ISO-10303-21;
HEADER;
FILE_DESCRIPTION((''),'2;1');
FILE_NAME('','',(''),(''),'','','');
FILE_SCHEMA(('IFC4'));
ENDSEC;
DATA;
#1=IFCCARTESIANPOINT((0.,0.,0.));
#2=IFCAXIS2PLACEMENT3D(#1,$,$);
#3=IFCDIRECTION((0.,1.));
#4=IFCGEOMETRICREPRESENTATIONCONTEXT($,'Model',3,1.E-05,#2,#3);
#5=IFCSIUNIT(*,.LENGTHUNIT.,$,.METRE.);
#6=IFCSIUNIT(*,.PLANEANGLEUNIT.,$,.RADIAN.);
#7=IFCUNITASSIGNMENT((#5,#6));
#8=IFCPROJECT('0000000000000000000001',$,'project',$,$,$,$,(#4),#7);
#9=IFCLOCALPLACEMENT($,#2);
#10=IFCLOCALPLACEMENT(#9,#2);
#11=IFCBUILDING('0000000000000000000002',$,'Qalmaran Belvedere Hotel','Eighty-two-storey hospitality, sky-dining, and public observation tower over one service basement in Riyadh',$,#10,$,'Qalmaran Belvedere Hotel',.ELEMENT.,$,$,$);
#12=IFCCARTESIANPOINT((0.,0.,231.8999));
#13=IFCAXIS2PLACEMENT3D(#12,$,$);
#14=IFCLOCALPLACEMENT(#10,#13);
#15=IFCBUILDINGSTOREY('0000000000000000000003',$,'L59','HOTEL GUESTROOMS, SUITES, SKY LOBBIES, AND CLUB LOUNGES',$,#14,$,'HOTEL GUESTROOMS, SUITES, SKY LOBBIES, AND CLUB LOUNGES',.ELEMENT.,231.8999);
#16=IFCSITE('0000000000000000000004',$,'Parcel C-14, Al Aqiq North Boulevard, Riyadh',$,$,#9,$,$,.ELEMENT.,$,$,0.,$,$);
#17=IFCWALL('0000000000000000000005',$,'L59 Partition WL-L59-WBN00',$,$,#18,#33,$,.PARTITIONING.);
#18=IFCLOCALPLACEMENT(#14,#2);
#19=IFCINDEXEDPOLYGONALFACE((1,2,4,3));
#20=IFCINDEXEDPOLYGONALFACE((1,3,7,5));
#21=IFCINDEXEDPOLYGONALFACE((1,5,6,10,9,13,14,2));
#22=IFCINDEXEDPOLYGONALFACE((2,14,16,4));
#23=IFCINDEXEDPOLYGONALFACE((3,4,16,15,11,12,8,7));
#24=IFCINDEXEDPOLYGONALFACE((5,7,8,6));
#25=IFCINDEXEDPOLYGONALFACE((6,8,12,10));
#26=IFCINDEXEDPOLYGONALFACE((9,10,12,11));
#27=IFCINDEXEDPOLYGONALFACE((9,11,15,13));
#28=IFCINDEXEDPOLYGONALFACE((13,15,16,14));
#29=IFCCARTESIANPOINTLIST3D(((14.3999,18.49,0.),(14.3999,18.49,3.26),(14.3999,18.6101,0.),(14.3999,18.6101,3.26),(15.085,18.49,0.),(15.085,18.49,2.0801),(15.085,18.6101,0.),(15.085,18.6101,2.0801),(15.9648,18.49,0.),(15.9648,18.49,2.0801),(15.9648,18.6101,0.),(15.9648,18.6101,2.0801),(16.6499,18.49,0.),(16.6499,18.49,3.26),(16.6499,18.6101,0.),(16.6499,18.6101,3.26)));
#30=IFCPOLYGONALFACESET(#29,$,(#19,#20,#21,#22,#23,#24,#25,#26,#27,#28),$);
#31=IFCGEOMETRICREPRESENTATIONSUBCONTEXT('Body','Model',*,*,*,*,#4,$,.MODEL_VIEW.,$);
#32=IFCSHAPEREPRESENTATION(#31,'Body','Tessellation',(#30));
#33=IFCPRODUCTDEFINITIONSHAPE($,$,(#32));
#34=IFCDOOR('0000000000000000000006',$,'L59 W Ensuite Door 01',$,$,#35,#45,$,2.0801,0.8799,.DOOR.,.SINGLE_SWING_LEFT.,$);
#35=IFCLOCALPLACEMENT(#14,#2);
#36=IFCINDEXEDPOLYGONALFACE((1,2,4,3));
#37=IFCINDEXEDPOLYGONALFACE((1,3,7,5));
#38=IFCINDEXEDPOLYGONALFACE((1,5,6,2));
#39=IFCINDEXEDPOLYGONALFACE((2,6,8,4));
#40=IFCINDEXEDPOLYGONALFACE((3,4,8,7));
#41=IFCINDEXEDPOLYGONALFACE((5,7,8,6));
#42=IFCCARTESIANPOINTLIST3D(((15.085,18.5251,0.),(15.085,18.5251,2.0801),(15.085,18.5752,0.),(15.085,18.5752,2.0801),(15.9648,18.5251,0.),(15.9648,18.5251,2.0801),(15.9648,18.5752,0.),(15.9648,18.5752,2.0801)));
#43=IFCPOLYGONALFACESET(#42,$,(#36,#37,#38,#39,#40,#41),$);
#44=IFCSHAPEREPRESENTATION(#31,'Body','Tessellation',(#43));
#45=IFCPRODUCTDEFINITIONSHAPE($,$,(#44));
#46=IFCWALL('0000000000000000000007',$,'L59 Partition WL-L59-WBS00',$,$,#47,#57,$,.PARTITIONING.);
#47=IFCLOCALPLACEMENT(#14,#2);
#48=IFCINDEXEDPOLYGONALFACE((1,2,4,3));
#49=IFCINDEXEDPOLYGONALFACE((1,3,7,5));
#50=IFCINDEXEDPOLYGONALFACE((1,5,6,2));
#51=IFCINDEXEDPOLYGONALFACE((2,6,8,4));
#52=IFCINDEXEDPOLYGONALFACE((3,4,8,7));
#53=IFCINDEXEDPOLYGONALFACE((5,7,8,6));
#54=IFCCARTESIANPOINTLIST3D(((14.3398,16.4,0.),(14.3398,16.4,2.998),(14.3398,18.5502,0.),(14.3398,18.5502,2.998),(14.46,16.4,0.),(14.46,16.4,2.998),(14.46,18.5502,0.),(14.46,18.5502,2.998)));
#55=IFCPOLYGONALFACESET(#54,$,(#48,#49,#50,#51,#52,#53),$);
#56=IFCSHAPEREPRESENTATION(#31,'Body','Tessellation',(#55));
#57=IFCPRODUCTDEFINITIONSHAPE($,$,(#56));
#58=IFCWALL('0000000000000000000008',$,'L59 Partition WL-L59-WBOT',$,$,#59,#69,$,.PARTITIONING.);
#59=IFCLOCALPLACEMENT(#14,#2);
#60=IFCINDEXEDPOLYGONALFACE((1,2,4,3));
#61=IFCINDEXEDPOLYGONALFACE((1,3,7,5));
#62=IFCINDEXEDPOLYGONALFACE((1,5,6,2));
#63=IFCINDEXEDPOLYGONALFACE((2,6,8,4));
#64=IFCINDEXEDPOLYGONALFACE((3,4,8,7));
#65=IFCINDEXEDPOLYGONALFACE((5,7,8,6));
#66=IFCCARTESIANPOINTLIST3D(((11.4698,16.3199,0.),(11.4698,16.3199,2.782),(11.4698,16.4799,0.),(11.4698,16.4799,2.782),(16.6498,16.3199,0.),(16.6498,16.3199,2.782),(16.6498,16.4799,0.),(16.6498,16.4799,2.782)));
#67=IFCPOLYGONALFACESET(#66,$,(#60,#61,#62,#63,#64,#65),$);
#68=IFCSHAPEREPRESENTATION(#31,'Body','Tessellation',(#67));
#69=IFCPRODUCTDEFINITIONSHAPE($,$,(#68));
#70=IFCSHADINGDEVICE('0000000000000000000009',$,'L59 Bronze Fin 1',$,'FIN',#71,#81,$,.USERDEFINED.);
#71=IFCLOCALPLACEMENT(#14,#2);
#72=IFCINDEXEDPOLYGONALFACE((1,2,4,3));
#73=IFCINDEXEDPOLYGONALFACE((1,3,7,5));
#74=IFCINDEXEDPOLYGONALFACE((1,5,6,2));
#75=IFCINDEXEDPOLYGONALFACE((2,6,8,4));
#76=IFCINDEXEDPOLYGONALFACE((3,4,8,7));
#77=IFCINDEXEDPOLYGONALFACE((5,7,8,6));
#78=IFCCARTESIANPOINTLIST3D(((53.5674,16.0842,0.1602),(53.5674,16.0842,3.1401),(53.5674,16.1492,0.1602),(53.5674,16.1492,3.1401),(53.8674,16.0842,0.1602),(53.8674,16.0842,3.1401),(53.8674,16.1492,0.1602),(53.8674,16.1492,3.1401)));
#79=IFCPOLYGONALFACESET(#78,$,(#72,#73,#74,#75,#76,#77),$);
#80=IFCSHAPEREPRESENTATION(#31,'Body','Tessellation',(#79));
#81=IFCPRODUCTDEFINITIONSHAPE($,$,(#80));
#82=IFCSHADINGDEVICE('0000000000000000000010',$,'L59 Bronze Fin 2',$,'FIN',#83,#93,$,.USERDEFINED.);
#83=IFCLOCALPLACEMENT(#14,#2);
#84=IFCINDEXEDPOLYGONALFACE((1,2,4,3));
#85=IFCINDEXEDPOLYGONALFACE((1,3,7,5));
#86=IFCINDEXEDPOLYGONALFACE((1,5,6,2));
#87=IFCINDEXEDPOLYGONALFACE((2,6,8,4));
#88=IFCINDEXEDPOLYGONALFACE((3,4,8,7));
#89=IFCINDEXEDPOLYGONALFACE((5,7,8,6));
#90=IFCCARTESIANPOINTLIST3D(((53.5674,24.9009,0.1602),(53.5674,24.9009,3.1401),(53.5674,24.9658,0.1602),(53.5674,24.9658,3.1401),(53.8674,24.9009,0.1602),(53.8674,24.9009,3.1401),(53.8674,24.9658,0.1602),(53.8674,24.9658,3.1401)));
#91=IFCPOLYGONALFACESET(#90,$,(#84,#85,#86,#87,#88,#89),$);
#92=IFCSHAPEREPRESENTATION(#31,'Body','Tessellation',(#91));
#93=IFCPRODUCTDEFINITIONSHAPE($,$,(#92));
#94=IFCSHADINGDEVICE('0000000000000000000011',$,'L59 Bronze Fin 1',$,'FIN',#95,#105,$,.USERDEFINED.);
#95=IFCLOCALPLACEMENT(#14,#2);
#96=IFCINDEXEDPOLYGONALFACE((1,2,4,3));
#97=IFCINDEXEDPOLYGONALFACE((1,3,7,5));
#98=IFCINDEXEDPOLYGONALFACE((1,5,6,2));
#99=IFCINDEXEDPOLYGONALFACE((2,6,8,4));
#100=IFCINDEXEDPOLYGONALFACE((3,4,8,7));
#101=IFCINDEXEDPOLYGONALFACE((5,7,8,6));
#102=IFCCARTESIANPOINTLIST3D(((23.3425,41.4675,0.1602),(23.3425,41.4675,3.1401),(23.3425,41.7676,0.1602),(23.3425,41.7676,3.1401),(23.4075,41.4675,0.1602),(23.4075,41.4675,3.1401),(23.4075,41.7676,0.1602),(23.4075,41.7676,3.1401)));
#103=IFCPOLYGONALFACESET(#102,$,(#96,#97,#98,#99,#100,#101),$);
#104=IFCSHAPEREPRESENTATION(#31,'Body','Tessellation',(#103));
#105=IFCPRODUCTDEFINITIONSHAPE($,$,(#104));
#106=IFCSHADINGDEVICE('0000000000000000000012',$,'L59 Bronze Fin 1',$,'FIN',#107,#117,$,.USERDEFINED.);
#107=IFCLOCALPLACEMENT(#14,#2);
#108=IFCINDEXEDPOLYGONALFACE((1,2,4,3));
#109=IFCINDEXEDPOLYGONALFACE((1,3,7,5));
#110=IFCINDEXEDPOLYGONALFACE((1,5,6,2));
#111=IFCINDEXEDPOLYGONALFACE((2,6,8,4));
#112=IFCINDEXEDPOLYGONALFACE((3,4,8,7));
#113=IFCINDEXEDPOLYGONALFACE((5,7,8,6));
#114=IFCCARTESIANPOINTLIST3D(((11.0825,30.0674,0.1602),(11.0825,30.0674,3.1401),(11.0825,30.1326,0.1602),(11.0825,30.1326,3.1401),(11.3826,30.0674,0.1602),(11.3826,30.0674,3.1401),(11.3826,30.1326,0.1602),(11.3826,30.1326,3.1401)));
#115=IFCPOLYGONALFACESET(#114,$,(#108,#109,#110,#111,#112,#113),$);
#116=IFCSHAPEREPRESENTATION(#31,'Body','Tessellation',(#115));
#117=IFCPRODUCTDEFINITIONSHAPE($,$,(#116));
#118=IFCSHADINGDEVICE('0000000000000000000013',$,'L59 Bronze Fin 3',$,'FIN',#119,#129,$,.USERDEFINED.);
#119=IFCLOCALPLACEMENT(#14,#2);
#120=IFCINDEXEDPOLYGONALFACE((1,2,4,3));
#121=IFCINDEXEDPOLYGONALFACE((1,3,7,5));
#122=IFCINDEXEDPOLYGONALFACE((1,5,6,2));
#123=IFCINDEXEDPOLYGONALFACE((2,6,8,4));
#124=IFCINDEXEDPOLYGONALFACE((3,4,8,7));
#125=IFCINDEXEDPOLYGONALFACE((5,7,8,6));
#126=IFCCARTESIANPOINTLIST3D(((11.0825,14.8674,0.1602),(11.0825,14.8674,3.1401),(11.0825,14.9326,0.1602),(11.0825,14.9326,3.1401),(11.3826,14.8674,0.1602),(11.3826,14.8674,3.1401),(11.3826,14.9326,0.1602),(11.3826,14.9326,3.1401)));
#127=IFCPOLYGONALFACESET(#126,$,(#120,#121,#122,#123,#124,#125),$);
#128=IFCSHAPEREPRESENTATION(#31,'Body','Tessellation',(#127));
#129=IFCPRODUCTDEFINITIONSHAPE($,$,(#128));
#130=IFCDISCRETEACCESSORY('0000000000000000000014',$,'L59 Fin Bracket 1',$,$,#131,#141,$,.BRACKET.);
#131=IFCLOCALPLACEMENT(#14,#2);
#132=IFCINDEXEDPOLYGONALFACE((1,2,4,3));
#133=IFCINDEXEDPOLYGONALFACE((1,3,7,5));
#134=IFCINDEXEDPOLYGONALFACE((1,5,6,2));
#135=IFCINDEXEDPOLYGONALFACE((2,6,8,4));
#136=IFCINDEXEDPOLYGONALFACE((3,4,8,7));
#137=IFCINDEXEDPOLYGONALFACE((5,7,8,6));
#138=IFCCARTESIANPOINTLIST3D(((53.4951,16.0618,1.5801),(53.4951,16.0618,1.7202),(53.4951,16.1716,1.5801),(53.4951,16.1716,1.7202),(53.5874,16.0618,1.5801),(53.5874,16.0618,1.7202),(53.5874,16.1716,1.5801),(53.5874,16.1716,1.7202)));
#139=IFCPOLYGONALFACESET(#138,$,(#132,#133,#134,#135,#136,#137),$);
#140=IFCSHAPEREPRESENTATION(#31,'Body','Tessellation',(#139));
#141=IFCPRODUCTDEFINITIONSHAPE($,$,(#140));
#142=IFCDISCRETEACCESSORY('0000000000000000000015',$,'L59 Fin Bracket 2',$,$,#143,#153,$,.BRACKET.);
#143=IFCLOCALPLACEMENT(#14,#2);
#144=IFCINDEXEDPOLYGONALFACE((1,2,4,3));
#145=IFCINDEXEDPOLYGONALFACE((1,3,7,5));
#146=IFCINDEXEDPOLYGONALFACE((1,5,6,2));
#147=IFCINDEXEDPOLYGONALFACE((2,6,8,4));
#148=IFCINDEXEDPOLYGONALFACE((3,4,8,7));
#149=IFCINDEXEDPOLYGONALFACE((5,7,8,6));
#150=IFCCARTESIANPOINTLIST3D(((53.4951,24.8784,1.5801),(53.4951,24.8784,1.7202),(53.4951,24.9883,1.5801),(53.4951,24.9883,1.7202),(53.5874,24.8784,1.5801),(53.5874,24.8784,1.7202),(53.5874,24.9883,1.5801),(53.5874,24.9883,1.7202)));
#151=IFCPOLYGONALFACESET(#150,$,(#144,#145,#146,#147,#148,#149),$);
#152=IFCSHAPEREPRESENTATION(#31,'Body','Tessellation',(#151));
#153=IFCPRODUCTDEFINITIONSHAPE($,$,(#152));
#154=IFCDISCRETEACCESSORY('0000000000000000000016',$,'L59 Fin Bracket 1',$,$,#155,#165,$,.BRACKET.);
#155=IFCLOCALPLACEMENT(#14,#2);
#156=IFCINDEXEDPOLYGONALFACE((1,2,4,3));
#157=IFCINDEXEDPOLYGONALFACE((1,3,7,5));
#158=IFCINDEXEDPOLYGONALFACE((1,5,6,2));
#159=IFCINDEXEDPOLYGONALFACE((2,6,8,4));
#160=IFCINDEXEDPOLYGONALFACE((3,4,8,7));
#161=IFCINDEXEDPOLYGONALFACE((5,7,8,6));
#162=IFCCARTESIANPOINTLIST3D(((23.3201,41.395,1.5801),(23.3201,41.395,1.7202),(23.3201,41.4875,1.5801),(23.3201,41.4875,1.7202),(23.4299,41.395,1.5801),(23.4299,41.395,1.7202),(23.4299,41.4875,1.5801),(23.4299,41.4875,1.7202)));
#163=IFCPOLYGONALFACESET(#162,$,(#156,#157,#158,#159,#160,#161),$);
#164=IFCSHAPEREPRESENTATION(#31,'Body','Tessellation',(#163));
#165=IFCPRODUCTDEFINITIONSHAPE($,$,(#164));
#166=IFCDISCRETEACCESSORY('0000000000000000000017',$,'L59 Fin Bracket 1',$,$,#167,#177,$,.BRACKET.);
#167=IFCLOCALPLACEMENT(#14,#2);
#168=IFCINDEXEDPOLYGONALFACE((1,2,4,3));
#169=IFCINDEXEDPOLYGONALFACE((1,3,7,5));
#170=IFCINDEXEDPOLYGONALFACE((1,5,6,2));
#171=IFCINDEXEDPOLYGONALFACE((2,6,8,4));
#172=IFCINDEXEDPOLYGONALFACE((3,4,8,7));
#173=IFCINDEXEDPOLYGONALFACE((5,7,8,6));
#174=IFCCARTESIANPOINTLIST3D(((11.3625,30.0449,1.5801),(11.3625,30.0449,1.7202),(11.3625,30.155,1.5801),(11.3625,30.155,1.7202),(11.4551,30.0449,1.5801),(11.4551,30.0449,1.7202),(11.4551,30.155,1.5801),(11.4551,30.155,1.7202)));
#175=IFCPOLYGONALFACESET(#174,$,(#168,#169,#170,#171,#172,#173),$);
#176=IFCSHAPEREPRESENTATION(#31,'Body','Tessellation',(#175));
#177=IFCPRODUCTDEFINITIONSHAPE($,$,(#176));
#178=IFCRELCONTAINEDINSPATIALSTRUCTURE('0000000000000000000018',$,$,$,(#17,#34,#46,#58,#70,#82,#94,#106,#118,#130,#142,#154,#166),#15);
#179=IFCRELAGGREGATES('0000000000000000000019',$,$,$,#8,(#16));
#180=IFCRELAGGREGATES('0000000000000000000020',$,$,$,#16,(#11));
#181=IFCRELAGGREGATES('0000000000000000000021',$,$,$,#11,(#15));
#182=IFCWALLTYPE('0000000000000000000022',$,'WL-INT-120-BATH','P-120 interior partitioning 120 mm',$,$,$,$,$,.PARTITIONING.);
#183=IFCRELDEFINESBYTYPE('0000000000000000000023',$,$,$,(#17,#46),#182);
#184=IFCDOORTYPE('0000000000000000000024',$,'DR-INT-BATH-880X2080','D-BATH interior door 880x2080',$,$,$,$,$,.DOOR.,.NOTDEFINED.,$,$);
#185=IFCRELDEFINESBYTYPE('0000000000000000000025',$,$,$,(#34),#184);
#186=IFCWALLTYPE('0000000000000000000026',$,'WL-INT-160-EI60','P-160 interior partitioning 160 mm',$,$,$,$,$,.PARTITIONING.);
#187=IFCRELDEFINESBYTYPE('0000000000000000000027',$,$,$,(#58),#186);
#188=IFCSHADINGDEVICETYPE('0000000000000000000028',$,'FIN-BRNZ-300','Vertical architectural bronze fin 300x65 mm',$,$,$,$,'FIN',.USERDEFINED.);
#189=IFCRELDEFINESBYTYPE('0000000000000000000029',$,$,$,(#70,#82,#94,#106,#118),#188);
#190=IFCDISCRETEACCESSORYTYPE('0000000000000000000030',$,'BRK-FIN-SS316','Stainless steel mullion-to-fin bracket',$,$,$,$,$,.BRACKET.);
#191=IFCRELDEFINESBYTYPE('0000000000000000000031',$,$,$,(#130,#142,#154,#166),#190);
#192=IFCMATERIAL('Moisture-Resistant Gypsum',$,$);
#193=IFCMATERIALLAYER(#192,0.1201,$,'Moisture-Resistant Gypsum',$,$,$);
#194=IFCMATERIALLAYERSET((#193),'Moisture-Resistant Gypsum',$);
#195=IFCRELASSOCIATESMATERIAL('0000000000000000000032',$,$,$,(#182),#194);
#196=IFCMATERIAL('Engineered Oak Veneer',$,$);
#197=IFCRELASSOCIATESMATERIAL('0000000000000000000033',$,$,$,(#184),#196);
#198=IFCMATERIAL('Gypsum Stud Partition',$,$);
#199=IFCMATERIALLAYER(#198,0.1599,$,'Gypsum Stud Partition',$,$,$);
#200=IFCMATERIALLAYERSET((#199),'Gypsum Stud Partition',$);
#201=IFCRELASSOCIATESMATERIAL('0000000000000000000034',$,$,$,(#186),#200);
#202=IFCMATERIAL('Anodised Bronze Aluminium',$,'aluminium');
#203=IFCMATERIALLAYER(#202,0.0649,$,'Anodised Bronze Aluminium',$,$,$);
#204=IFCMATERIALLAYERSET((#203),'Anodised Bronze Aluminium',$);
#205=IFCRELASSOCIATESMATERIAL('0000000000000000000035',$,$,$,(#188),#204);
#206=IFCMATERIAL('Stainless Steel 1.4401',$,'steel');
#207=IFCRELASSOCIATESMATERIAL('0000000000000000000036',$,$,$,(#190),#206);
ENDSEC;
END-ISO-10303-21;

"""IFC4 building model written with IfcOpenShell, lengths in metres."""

from ifc_helpers import new_model, si_unit, direction, frame, frame_2d, origin, place, context, subcontext, project, spatial, polyline, rectangle, outline, extrude, material, layer, layer_set, type_object, element, fill, save


model = new_model("IFC4")

# Units and contexts
model_context = context("Model", 3, precision=1e-05, world=origin(), true_north=direction((0.0, 1.0)))
body_context = subcontext(model_context, "Body", "Model", "MODEL_VIEW")
ifc_project = project(units=[si_unit("LENGTHUNIT", "METRE"), si_unit("PLANEANGLEUNIT", "RADIAN")], contexts=[model_context])

# Site, building, storey
site_placement = place(None, origin())
site = spatial("IfcSite", under=ifc_project, at=site_placement, Name="Parcel C-14, Al Aqiq North Boulevard, Riyadh", CompositionType="ELEMENT", RefElevation=0.0)
building_placement = place(site_placement, origin())
building = spatial("IfcBuilding", under=site, at=building_placement, Name="Qalmaran Belvedere Hotel", Description="Eighty-two-storey hospitality, sky-dining, and public observation tower over one service basement in Riyadh", LongName="Qalmaran Belvedere Hotel", CompositionType="ELEMENT")
storey_placement = place(building_placement, frame((0.0, 0.0, 231.8999)))
storey = spatial("IfcBuildingStorey", under=building, at=storey_placement, Name="L59", Description="HOTEL GUESTROOMS, SUITES, SKY LOBBIES, AND CLUB LOUNGES", LongName="HOTEL GUESTROOMS, SUITES, SKY LOBBIES, AND CLUB LOUNGES", CompositionType="ELEMENT", Elevation=231.8999)

# Shared definitions
ifc_material_1 = material(Name="Anodised Bronze Aluminium", Category="aluminium")

# Wall, opening, door
ifc_material_2 = material(Name="Moisture-Resistant Gypsum")
ifc_layer_1 = layer(ifc_material_2, 0.1201, Name="Moisture-Resistant Gypsum")
ifc_layer_set_1 = layer_set([ifc_layer_1], Name="Moisture-Resistant Gypsum")
wall_type_1 = type_object("IfcWallType", Name="WL-INT-120-BATH", Description="P-120 interior partitioning 120 mm", PredefinedType="PARTITIONING", material=ifc_layer_set_1)
wall_1_placement = place(storey_placement, frame((14.3999, 18.55, 0.0), z_axis=(0.0, 0.0, 1.0), x_axis=(1.0, 0.0, 0.0)))
wall_1 = element("IfcWall", 1, at=wall_1_placement, inside=storey, type_object=wall_type_1, Name="L59 Partition WL-L59-WBN00", PredefinedType="PARTITIONING", context=body_context, shape_type="SweptSolid", body=[
    extrude(rectangle(XDim=2.25, YDim=0.1201, at=frame_2d((1.125, 0.0))), origin(), (0.0, 0.0, 1.0), 3.26),
])
opening_1_placement = place(wall_1_placement, frame((1.5649, 0.0, 0.0), z_axis=(0.0, 0.0, 1.0), x_axis=(-1.0, 0.0, 0.0)))
opening_1 = element("IfcOpeningElement", 2, at=opening_1_placement, cuts=wall_1, PredefinedType="OPENING", context=body_context, shape_type="SweptSolid", body=[
    extrude(rectangle(XDim=0.8799, YDim=2.0801, at=frame_2d((0.4399, 1.04))), frame((0.0, 0.0701, 0.0), z_axis=(0.0, -1.0, 0.0), x_axis=(1.0, 0.0, 0.0)), (0.0, 0.0, 1.0), 0.1401),
])
ifc_material_3 = material(Name="Engineered Oak Veneer")
door_type = type_object("IfcDoorType", Name="DR-INT-BATH-880X2080", Description="D-BATH interior door 880x2080", OperationType="NOTDEFINED", PredefinedType="DOOR", material=ifc_material_3)
door_placement = place(opening_1_placement, origin())
door = element("IfcDoor", 3, at=door_placement, inside=storey, type_object=door_type, Name="L59 W Ensuite Door 01", OperationType="SINGLE_SWING_LEFT", OverallHeight=2.0801, OverallWidth=0.8799, PredefinedType="DOOR", context=body_context, shape_type="SweptSolid", body=[
    extrude(rectangle(XDim=0.8799, YDim=2.0801, at=frame_2d((0.4399, 1.04))), frame((0.0, 0.0249, 0.0), z_axis=(0.0, -1.0, 0.0), x_axis=(1.0, 0.0, 0.0)), (0.0, 0.0, 1.0), 0.05),
])
fill(opening_1, door)

# Walls
wall_2_placement = place(storey_placement, frame((14.3999, 16.3999, 0.0), z_axis=(0.0, 0.0, 1.0), x_axis=(0.0, 1.0, 0.0)))
element("IfcWall", 4, at=wall_2_placement, inside=storey, type_object=wall_type_1, Name="L59 Partition WL-L59-WBS00", PredefinedType="PARTITIONING", context=body_context, shape_type="SweptSolid", body=[
    extrude(rectangle(XDim=2.1501, YDim=0.1201, at=frame_2d((1.0752, 0.0))), origin(), (0.0, 0.0, 1.0), 2.998),
])
ifc_material_4 = material(Name="Gypsum Stud Partition")
ifc_layer_2 = layer(ifc_material_4, 0.1599, Name="Gypsum Stud Partition")
ifc_layer_set_2 = layer_set([ifc_layer_2], Name="Gypsum Stud Partition")
wall_type_2 = type_object("IfcWallType", Name="WL-INT-160-EI60", Description="P-160 interior partitioning 160 mm", PredefinedType="PARTITIONING", material=ifc_layer_set_2)
wall_3_placement = place(storey_placement, frame((11.47, 16.3999, 0.0), z_axis=(0.0, 0.0, 1.0), x_axis=(1.0, 0.0, 0.0)))
element("IfcWall", 5, at=wall_3_placement, inside=storey, type_object=wall_type_2, Name="L59 Partition WL-L59-WBOT", PredefinedType="PARTITIONING", context=body_context, shape_type="SweptSolid", body=[
    extrude(rectangle(XDim=5.1799, YDim=0.1599, at=frame_2d((2.5898, 0.0))), origin(), (0.0, 0.0, 1.0), 2.782),
])

# Shading devices
ifc_layer_3 = layer(ifc_material_1, 0.0649, Name="Anodised Bronze Aluminium")
ifc_layer_set_3 = layer_set([ifc_layer_3], Name="Anodised Bronze Aluminium")
shading_device_type = type_object("IfcShadingDeviceType", Name="FIN-BRNZ-300", Description="Vertical architectural bronze fin 300x65 mm", ElementType="FIN", PredefinedType="USERDEFINED", material=ifc_layer_set_3)
shading_device_1_placement = place(storey_placement, frame((0.0, 0.0, 0.1602)))
element("IfcShadingDevice", 6, at=shading_device_1_placement, inside=storey, type_object=shading_device_type, Name="L59 Bronze Fin 1", ObjectType="FIN", PredefinedType="USERDEFINED", context=body_context, shape_type="SweptSolid", body=[
    extrude(outline(polyline([(53.5674, 16.0842), (53.8674, 16.0842), (53.8674, 16.1492), (53.5674, 16.1492), (53.5674, 16.0842)])), origin(), (0.0, 0.0, 1.0), 2.98),
])
shading_device_2_placement = place(storey_placement, frame((0.0, 0.0, 0.1602)))
element("IfcShadingDevice", 7, at=shading_device_2_placement, inside=storey, type_object=shading_device_type, Name="L59 Bronze Fin 2", ObjectType="FIN", PredefinedType="USERDEFINED", context=body_context, shape_type="SweptSolid", body=[
    extrude(outline(polyline([(53.5674, 24.9009), (53.8674, 24.9009), (53.8674, 24.9658), (53.5674, 24.9658), (53.5674, 24.9009)])), origin(), (0.0, 0.0, 1.0), 2.98),
])
shading_device_3_placement = place(storey_placement, frame((0.0, 0.0, 0.1602)))
element("IfcShadingDevice", 8, at=shading_device_3_placement, inside=storey, type_object=shading_device_type, Name="L59 Bronze Fin 1", ObjectType="FIN", PredefinedType="USERDEFINED", context=body_context, shape_type="SweptSolid", body=[
    extrude(outline(polyline([(23.4075, 41.4675), (23.4075, 41.7676), (23.3425, 41.7676), (23.3425, 41.4675), (23.4075, 41.4675)])), origin(), (0.0, 0.0, 1.0), 2.98),
])
shading_device_4_placement = place(storey_placement, frame((0.0, 0.0, 0.1602)))
element("IfcShadingDevice", 9, at=shading_device_4_placement, inside=storey, type_object=shading_device_type, Name="L59 Bronze Fin 1", ObjectType="FIN", PredefinedType="USERDEFINED", context=body_context, shape_type="SweptSolid", body=[
    extrude(outline(polyline([(11.3826, 30.1326), (11.0825, 30.1326), (11.0825, 30.0674), (11.3826, 30.0674), (11.3826, 30.1326)])), origin(), (0.0, 0.0, 1.0), 2.98),
])
shading_device_5_placement = place(storey_placement, frame((0.0, 0.0, 0.1602)))
element("IfcShadingDevice", 10, at=shading_device_5_placement, inside=storey, type_object=shading_device_type, Name="L59 Bronze Fin 3", ObjectType="FIN", PredefinedType="USERDEFINED", context=body_context, shape_type="SweptSolid", body=[
    extrude(outline(polyline([(11.3826, 14.9326), (11.0825, 14.9326), (11.0825, 14.8674), (11.3826, 14.8674), (11.3826, 14.9326)])), origin(), (0.0, 0.0, 1.0), 2.98),
])

# Discrete accessories
ifc_material_5 = material(Name="Stainless Steel 1.4401", Category="steel")
discrete_accessory_type_1 = type_object("IfcDiscreteAccessoryType", Name="BRK-FIN-SS316", Description="Stainless steel mullion-to-fin bracket", PredefinedType="BRACKET", material=ifc_material_5)
discrete_accessory_1_placement = place(storey_placement, frame((0.0, 0.0, 1.5801)))
element("IfcDiscreteAccessory", 11, at=discrete_accessory_1_placement, inside=storey, type_object=discrete_accessory_type_1, Name="L59 Fin Bracket 1", PredefinedType="BRACKET", context=body_context, shape_type="SweptSolid", body=[
    extrude(outline(polyline([(53.4951, 16.0618), (53.5874, 16.0618), (53.5874, 16.1716), (53.4951, 16.1716), (53.4951, 16.0618)])), origin(), (0.0, 0.0, 1.0), 0.1401),
])
discrete_accessory_2_placement = place(storey_placement, frame((0.0, 0.0, 1.5801)))
element("IfcDiscreteAccessory", 12, at=discrete_accessory_2_placement, inside=storey, type_object=discrete_accessory_type_1, Name="L59 Fin Bracket 2", PredefinedType="BRACKET", context=body_context, shape_type="SweptSolid", body=[
    extrude(outline(polyline([(53.4951, 24.8784), (53.5874, 24.8784), (53.5874, 24.9883), (53.4951, 24.9883), (53.4951, 24.8784)])), origin(), (0.0, 0.0, 1.0), 0.1401),
])
discrete_accessory_3_placement = place(storey_placement, frame((0.0, 0.0, 1.5801)))
element("IfcDiscreteAccessory", 13, at=discrete_accessory_3_placement, inside=storey, type_object=discrete_accessory_type_1, Name="L59 Fin Bracket 1", PredefinedType="BRACKET", context=body_context, shape_type="SweptSolid", body=[
    extrude(outline(polyline([(23.4299, 41.395), (23.4299, 41.4875), (23.3201, 41.4875), (23.3201, 41.395), (23.4299, 41.395)])), origin(), (0.0, 0.0, 1.0), 0.1401),
])
discrete_accessory_4_placement = place(storey_placement, frame((0.0, 0.0, 1.5801)))
element("IfcDiscreteAccessory", 14, at=discrete_accessory_4_placement, inside=storey, type_object=discrete_accessory_type_1, Name="L59 Fin Bracket 1", PredefinedType="BRACKET", context=body_context, shape_type="SweptSolid", body=[
    extrude(outline(polyline([(11.4551, 30.155), (11.3625, 30.155), (11.3625, 30.0449), (11.4551, 30.0449), (11.4551, 30.155)])), origin(), (0.0, 0.0, 1.0), 0.1401),
])

save(model, "model.ifc")
